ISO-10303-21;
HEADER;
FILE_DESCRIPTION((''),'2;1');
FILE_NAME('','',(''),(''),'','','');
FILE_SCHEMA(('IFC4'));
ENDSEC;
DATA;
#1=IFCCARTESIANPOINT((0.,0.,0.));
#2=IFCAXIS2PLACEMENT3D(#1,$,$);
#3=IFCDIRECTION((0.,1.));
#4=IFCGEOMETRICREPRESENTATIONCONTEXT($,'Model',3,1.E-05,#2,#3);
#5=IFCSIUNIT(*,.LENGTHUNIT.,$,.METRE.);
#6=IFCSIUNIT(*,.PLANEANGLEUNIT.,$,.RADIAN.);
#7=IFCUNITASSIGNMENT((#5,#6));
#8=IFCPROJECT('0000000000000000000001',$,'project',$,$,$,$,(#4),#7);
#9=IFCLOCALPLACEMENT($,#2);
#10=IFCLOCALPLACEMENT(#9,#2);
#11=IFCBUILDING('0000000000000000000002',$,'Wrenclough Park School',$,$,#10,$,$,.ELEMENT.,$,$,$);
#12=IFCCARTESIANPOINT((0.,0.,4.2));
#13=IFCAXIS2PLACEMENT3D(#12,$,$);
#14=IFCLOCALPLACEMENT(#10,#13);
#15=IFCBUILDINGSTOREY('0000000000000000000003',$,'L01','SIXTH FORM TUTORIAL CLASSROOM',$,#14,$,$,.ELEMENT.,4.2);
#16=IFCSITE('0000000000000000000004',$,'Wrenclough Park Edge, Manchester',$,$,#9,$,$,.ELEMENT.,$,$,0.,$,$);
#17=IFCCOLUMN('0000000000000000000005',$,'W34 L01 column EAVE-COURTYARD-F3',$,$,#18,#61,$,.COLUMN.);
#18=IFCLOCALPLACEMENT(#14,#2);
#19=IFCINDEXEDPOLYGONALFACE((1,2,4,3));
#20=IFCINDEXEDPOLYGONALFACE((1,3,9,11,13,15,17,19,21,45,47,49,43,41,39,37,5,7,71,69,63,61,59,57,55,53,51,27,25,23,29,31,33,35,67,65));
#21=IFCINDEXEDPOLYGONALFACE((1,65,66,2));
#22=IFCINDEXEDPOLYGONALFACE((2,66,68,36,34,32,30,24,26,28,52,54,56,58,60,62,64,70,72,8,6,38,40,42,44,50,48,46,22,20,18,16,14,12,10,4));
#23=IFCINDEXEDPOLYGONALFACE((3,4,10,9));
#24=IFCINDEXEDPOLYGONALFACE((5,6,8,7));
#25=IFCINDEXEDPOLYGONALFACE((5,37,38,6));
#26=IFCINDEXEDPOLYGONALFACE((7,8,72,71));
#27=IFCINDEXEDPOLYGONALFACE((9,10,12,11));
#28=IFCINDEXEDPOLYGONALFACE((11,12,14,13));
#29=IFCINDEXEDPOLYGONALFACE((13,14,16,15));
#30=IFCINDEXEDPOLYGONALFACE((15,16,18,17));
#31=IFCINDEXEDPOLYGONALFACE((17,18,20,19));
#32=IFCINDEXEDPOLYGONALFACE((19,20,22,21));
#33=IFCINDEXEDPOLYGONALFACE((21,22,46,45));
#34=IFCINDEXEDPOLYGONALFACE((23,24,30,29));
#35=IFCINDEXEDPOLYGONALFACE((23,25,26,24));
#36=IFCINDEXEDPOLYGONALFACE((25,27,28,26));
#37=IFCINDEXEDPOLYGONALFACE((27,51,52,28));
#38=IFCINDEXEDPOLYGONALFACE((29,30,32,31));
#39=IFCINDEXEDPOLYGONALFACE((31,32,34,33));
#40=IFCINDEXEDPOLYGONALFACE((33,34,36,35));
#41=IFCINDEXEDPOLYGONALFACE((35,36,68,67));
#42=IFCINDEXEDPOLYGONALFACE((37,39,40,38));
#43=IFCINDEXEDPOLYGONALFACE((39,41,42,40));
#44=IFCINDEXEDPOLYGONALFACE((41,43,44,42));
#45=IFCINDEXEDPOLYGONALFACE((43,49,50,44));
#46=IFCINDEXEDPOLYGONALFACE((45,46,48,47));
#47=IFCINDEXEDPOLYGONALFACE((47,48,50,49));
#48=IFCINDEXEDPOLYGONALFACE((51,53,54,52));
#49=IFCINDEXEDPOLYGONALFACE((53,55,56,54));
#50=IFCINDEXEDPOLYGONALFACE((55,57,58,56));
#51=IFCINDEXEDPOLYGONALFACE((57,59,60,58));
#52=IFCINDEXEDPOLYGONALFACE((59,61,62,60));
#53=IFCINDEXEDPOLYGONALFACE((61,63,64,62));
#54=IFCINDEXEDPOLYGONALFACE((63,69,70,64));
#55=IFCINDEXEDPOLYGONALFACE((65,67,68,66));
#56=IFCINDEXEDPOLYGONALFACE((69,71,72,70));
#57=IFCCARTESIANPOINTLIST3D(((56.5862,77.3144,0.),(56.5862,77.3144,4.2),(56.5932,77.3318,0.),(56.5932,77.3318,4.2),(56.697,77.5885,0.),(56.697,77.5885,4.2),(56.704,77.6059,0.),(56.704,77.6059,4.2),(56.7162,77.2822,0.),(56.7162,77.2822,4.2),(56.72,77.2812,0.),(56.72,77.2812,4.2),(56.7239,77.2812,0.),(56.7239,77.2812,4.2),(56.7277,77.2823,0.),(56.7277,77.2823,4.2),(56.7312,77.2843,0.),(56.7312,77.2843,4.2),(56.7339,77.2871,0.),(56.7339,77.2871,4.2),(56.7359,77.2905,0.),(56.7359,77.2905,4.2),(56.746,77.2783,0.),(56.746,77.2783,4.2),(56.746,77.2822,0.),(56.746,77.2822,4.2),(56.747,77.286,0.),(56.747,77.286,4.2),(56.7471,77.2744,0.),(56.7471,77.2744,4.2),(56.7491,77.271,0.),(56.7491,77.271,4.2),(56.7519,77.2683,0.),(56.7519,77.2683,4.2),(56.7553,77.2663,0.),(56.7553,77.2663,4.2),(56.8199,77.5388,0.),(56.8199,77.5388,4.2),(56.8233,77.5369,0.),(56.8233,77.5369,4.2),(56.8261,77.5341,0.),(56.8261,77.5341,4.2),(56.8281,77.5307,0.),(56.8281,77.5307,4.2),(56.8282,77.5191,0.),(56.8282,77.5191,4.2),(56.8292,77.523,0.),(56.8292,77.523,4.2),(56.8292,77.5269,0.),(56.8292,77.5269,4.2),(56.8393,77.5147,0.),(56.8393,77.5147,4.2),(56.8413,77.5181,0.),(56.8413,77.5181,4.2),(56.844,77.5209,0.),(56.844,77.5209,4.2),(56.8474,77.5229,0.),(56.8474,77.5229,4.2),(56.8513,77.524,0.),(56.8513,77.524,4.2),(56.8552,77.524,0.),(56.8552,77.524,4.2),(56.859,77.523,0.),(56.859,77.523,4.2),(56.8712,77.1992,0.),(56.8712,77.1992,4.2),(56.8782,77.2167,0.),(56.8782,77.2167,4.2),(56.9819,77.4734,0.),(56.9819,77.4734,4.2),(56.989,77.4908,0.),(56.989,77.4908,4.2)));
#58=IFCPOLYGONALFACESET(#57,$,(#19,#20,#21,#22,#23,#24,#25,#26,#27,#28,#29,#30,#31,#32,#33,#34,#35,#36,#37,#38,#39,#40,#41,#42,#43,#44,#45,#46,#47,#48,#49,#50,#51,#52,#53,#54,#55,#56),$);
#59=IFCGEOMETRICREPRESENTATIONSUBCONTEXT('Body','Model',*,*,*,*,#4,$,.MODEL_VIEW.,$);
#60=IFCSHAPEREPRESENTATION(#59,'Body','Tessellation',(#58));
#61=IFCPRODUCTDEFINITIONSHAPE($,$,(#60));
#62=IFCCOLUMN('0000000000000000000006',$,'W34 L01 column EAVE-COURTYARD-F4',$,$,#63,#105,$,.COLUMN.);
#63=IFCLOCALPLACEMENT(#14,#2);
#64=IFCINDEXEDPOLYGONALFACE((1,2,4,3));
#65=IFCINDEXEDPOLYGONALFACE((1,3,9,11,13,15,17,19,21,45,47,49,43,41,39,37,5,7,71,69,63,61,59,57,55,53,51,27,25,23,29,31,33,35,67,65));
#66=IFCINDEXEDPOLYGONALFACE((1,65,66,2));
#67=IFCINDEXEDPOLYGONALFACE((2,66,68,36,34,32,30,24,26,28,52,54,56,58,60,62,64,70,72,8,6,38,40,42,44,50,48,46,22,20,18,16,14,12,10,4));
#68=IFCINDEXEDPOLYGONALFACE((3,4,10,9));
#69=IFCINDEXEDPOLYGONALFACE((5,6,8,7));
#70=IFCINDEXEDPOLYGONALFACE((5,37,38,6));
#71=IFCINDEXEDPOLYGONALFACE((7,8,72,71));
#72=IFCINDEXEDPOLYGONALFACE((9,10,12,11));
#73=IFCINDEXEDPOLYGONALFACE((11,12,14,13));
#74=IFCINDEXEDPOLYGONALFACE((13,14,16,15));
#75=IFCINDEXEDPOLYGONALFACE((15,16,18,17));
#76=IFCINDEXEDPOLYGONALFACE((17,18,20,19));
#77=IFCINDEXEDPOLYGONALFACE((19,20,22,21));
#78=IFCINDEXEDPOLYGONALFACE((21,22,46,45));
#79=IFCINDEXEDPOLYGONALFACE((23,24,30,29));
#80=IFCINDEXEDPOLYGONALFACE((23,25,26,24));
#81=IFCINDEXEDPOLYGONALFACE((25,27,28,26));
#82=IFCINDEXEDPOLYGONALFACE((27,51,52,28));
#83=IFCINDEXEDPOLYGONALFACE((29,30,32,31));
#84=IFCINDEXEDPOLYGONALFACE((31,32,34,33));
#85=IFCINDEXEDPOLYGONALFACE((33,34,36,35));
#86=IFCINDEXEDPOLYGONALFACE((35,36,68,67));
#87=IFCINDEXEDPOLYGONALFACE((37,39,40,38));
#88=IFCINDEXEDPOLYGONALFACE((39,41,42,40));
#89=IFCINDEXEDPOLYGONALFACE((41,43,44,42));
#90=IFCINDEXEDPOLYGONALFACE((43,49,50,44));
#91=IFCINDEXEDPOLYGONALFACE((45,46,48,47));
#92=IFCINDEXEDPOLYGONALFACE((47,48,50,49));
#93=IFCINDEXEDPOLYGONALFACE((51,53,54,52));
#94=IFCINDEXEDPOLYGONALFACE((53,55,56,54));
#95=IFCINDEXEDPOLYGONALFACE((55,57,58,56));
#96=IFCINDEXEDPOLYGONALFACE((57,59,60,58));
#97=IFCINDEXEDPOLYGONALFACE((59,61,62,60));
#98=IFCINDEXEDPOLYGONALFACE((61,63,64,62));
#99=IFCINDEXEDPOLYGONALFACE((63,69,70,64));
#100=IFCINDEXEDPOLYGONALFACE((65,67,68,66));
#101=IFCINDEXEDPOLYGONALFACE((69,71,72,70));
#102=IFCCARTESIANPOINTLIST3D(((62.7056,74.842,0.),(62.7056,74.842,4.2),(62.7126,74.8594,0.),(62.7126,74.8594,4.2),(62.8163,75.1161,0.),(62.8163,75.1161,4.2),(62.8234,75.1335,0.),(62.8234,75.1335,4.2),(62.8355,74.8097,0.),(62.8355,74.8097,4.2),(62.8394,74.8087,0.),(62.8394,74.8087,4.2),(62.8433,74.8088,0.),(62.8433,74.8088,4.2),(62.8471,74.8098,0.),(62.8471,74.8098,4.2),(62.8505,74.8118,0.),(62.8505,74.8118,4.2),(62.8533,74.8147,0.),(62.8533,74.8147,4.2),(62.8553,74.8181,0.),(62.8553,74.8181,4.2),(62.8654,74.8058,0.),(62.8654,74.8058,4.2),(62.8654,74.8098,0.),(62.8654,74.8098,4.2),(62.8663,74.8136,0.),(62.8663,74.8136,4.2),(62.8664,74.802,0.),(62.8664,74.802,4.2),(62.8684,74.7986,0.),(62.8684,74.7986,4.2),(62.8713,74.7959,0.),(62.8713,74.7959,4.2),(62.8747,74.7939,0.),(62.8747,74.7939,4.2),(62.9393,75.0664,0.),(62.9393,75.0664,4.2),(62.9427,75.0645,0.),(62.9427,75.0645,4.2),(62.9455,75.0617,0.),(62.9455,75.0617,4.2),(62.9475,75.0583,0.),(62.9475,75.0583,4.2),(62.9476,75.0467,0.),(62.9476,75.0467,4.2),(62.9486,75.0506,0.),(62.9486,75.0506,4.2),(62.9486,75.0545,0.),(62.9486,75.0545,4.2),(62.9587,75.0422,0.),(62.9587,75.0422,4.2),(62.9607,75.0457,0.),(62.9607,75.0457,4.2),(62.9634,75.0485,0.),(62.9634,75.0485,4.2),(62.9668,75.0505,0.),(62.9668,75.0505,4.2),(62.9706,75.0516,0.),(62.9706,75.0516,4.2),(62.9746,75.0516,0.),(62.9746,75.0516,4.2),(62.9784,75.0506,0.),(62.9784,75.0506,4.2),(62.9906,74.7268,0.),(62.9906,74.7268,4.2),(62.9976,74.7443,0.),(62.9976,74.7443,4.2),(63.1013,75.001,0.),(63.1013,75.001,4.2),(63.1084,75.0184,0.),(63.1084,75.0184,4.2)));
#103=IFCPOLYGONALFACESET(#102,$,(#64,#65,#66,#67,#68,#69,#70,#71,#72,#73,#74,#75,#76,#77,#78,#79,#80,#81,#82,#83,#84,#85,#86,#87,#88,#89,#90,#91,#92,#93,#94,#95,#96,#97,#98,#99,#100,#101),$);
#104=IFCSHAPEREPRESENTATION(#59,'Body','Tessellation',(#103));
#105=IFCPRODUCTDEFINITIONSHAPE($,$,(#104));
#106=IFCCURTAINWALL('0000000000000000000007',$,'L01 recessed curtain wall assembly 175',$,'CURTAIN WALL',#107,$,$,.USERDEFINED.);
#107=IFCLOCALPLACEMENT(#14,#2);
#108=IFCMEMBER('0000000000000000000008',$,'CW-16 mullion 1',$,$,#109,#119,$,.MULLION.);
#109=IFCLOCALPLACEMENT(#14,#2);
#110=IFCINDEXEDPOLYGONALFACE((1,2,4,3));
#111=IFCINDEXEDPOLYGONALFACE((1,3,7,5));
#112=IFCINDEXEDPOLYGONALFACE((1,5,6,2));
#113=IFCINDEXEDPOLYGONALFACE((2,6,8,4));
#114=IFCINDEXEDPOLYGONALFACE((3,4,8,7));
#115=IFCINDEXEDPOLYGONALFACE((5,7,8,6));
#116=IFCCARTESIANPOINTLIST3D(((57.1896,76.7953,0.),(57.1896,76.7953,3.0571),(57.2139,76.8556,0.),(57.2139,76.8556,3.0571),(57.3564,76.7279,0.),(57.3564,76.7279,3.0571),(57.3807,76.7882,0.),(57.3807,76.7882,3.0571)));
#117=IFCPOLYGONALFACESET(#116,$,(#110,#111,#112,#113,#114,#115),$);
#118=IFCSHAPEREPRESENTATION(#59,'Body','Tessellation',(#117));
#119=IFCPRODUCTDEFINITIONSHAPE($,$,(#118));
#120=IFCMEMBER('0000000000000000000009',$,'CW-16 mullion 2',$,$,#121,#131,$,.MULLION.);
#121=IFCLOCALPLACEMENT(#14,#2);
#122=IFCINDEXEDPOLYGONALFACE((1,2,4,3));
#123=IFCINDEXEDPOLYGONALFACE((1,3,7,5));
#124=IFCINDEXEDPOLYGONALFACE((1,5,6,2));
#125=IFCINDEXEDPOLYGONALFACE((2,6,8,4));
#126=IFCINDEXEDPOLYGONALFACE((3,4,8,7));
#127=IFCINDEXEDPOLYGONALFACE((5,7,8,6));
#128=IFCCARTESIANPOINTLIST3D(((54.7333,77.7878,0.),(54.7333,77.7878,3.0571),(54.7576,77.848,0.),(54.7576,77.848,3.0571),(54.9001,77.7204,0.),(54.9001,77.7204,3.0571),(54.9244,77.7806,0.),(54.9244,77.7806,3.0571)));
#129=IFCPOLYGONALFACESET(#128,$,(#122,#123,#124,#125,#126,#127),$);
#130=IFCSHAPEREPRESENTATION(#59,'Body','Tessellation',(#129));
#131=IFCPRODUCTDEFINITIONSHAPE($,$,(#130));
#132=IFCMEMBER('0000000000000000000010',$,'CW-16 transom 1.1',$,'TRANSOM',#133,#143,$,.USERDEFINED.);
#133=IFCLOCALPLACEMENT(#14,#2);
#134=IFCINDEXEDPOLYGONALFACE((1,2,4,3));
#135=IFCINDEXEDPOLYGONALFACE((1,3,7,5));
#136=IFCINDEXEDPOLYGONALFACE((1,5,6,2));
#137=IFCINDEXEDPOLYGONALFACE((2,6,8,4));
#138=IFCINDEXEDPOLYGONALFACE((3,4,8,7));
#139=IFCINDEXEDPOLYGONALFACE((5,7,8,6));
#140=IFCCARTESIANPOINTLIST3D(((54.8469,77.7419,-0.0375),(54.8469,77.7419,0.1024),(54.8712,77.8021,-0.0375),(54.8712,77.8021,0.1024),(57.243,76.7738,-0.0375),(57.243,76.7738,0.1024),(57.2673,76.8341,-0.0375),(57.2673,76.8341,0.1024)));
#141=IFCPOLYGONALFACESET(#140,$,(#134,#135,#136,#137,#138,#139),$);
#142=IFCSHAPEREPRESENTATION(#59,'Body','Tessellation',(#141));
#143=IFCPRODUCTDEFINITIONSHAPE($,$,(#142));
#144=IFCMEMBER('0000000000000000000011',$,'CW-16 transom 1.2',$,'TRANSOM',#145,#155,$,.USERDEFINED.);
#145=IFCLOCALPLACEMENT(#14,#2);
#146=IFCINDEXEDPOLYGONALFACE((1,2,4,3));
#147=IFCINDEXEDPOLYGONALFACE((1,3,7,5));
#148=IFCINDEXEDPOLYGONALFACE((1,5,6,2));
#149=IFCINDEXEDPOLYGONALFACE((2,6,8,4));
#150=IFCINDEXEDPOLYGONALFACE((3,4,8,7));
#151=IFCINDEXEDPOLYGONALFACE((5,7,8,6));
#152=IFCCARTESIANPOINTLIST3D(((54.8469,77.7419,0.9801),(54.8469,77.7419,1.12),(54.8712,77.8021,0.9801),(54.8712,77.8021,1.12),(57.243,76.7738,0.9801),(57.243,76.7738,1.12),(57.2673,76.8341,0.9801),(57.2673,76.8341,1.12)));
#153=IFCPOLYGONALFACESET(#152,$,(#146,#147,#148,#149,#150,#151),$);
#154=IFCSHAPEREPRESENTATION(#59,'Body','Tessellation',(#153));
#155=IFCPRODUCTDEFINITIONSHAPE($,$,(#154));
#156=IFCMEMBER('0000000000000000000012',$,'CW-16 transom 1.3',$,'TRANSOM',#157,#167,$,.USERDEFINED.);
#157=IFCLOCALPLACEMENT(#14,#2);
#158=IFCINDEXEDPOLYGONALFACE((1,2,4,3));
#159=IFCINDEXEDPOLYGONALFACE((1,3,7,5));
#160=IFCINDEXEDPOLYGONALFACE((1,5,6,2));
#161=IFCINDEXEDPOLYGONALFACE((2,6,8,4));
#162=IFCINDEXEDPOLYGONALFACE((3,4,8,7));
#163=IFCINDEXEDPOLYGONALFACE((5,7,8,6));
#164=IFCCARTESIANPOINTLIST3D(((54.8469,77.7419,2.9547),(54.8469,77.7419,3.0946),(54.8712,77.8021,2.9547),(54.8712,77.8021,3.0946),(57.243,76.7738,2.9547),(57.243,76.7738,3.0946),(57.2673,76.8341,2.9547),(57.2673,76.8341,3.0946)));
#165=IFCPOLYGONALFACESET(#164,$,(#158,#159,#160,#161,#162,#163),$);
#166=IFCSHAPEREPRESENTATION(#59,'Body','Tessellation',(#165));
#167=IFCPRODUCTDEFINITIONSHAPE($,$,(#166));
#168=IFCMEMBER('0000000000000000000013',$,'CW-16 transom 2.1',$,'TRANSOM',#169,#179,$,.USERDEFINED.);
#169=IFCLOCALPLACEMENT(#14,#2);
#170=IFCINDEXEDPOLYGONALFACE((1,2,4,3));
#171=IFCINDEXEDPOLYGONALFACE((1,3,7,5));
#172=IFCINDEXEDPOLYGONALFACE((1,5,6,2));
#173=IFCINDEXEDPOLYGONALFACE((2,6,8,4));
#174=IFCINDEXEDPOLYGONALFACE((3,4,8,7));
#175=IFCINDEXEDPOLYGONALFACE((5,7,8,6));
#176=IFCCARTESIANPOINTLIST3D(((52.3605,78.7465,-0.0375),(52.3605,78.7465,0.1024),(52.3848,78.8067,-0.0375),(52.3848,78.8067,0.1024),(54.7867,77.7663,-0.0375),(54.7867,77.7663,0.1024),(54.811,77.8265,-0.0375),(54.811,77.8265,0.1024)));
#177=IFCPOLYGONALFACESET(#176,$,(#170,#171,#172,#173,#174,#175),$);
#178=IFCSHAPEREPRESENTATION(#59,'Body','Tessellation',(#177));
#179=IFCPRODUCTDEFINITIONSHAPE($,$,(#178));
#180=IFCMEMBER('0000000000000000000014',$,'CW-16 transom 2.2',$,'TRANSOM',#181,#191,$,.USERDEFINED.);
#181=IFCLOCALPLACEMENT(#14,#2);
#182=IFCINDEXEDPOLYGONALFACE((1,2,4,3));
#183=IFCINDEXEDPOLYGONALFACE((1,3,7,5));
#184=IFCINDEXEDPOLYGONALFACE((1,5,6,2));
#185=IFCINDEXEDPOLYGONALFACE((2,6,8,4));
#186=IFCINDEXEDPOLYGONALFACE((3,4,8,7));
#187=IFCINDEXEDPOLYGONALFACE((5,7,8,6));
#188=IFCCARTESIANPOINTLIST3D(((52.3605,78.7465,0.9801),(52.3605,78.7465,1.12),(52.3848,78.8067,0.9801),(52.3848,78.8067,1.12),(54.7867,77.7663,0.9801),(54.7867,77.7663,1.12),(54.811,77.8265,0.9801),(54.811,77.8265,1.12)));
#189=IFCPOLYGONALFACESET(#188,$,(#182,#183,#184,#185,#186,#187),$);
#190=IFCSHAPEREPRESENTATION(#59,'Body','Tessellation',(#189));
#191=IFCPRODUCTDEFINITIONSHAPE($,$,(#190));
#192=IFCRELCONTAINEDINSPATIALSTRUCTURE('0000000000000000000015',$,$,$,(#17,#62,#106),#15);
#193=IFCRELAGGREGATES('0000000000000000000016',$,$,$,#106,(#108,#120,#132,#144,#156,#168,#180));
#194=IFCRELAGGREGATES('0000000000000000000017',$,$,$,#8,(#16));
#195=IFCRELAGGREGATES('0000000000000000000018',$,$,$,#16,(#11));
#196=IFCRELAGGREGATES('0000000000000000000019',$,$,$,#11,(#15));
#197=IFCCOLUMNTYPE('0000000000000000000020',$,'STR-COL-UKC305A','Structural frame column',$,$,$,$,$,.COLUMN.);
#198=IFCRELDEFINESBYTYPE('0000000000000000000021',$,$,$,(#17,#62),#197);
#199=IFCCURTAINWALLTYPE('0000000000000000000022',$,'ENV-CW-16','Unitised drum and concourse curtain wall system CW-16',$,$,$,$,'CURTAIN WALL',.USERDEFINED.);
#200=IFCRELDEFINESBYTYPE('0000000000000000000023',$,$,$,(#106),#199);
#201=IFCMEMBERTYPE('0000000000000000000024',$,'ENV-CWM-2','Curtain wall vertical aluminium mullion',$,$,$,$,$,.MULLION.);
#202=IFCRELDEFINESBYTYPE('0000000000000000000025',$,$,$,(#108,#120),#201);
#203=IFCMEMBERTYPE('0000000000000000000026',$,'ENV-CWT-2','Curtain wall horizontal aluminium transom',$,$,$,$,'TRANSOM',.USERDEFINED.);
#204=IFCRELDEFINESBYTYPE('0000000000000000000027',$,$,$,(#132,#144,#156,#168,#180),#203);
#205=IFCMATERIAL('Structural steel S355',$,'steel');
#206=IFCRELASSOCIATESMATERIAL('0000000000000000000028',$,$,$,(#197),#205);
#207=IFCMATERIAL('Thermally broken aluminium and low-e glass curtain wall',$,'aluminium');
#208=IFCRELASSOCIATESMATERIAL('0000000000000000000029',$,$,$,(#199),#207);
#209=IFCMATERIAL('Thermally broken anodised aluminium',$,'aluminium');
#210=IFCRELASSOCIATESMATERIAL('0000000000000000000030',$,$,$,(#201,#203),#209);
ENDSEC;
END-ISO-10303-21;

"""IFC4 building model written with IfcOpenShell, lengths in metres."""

from ifc_helpers import new_model, si_unit, direction, frame, origin, origin_2d, place, context, subcontext, project, spatial, rectangle, i_section, extrude, material, material_profile, profile_set, type_object, element, aggregate, save


model = new_model("IFC4")

# Units and contexts
model_context = context("Model", 3, precision=1e-05, world=origin(), true_north=direction((0.0, 1.0)))
body_context = subcontext(model_context, "Body", "Model", "MODEL_VIEW")
ifc_project = project(units=[si_unit("LENGTHUNIT", "METRE"), si_unit("PLANEANGLEUNIT", "RADIAN")], contexts=[model_context])

# Site, building, storey
site_placement = place(None, origin())
site = spatial("IfcSite", under=ifc_project, at=site_placement, Name="Wrenclough Park Edge, Manchester", CompositionType="ELEMENT", RefElevation=0.0)
building_placement = place(site_placement, origin())
building = spatial("IfcBuilding", under=site, at=building_placement, Name="Wrenclough Park School", CompositionType="ELEMENT")
storey_placement = place(building_placement, frame((0.0, 0.0, 4.2)))
storey = spatial("IfcBuildingStorey", under=building, at=storey_placement, Name="L01", Description="SIXTH FORM TUTORIAL CLASSROOM", CompositionType="ELEMENT", Elevation=4.2)

# Columns
ifc_material_1 = material(Name="Structural steel S355", Category="steel")
ifc_material_profile_1 = material_profile(ifc_material_1, i_section(OverallWidth=0.3074, OverallDepth=0.3145, WebThickness=0.012, FlangeThickness=0.0188, FilletRadius=0.0151, at=origin_2d()), Name="UKC 305x305x118")
ifc_profile_set_1 = profile_set([ifc_material_profile_1], Name="Structural steel S355")
column_type = type_object("IfcColumnType", Name="STR-COL-UKC305A", Description="Structural frame column", PredefinedType="COLUMN", material=ifc_profile_set_1)
for number, where, z_axis, x_axis, name in (
    (1, (56.7876, 77.4026, 0.0), (0.0, 0.0, 1.0), (0.927184, -0.374607, 0.0), "W34 L01 column EAVE-COURTYARD-F3"),
    (2, (62.907, 74.9302, 0.0), (0.0, 0.0, 1.0), (0.927184, -0.374607, 0.0), "W34 L01 column EAVE-COURTYARD-F4"),
):
    element("IfcColumn", number, at=place(storey_placement, frame(where, z_axis=z_axis, x_axis=x_axis)), inside=storey, type_object=column_type, Name=name, PredefinedType="COLUMN", context=body_context, shape_type="SweptSolid", body=[
        extrude(i_section(OverallWidth=0.3074, OverallDepth=0.3145, WebThickness=0.012, FlangeThickness=0.0188, FilletRadius=0.0151, at=origin_2d()), origin(), (0.0, 0.0, 1.0), 4.2),
    ])

# Curtain wall, members
ifc_material_2 = material(Name="Thermally broken aluminium and low-e glass curtain wall", Category="aluminium")
curtain_wall_type = type_object("IfcCurtainWallType", Name="ENV-CW-16", Description="Unitised drum and concourse curtain wall system CW-16", ElementType="CURTAIN WALL", PredefinedType="USERDEFINED", material=ifc_material_2)
curtain_wall_placement = place(storey_placement, origin())
curtain_wall = element("IfcCurtainWall", 3, at=curtain_wall_placement, inside=storey, type_object=curtain_wall_type, Name="L01 recessed curtain wall assembly 175", ObjectType="CURTAIN WALL", PredefinedType="USERDEFINED")
ifc_material_3 = material(Name="Thermally broken anodised aluminium", Category="aluminium")
ifc_material_profile_2 = material_profile(ifc_material_3, rectangle(XDim=0.0649, YDim=0.1799, at=origin_2d()), Name="AL MULLION 65x180")
ifc_profile_set_2 = profile_set([ifc_material_profile_2], Name="Thermally broken anodised aluminium")
member_type_1 = type_object("IfcMemberType", Name="ENV-CWM-2", Description="Curtain wall vertical aluminium mullion", PredefinedType="MULLION", material=ifc_profile_set_2)
member_1_placement = place(storey_placement, frame((57.2852, 76.7917, 0.0), z_axis=(0.0, 0.0, 1.0), x_axis=(-0.374603, -0.927185, 0.0)))
member_1 = element("IfcMember", 4, at=member_1_placement, type_object=member_type_1, Name="CW-16 mullion 1", PredefinedType="MULLION", context=body_context, shape_type="SweptSolid", body=[
    extrude(rectangle(XDim=0.0649, YDim=0.1799, at=origin_2d()), origin(), (0.0, 0.0, 1.0), 3.0571),
])
member_2_placement = place(storey_placement, frame((54.8289, 77.7842, 0.0), z_axis=(0.0, 0.0, 1.0), x_axis=(-0.374603, -0.927185, 0.0)))
member_2 = element("IfcMember", 5, at=member_2_placement, type_object=member_type_1, Name="CW-16 mullion 2", PredefinedType="MULLION", context=body_context, shape_type="SweptSolid", body=[
    extrude(rectangle(XDim=0.0649, YDim=0.1799, at=origin_2d()), origin(), (0.0, 0.0, 1.0), 3.0571),
])
ifc_material_profile_3 = material_profile(ifc_material_3, rectangle(XDim=0.0649, YDim=0.1399, at=origin_2d()), Name="AL TRANSOM 65x140")
ifc_profile_set_3 = profile_set([ifc_material_profile_3], Name="Thermally broken anodised aluminium")
member_type_2 = type_object("IfcMemberType", Name="ENV-CWT-2", Description="Curtain wall horizontal aluminium transom", ElementType="TRANSOM", PredefinedType="USERDEFINED", material=ifc_profile_set_3)
member_3_placement = place(storey_placement, frame((57.2551, 76.804, 0.0325), z_axis=(-0.927188, 0.374597, 0.0), x_axis=(-0.374597, -0.927188, 0.0)))
member_3 = element("IfcMember", 6, at=member_3_placement, type_object=member_type_2, Name="CW-16 transom 1.1", ObjectType="TRANSOM", PredefinedType="USERDEFINED", context=body_context, shape_type="SweptSolid", body=[
    extrude(rectangle(XDim=0.0649, YDim=0.1399, at=origin_2d()), origin(), (0.0, 0.0, 1.0), 2.5842),
])
member_4_placement = place(storey_placement, frame((57.2551, 76.804, 1.05), z_axis=(-0.927188, 0.374597, 0.0), x_axis=(-0.374597, -0.927188, 0.0)))
member_4 = element("IfcMember", 7, at=member_4_placement, type_object=member_type_2, Name="CW-16 transom 1.2", ObjectType="TRANSOM", PredefinedType="USERDEFINED", context=body_context, shape_type="SweptSolid", body=[
    extrude(rectangle(XDim=0.0649, YDim=0.1399, at=origin_2d()), origin(), (0.0, 0.0, 1.0), 2.5842),
])
member_5_placement = place(storey_placement, frame((57.2551, 76.804, 3.0247), z_axis=(-0.927188, 0.374597, 0.0), x_axis=(-0.374597, -0.927188, 0.0)))
member_5 = element("IfcMember", 8, at=member_5_placement, type_object=member_type_2, Name="CW-16 transom 1.3", ObjectType="TRANSOM", PredefinedType="USERDEFINED", context=body_context, shape_type="SweptSolid", body=[
    extrude(rectangle(XDim=0.0649, YDim=0.1399, at=origin_2d()), origin(), (0.0, 0.0, 1.0), 2.5842),
])
member_6_placement = place(storey_placement, frame((54.7988, 77.7964, 0.0325), z_axis=(-0.927191, 0.37459, 0.0), x_axis=(-0.37459, -0.927191, 0.0)))
member_6 = element("IfcMember", 9, at=member_6_placement, type_object=member_type_2, Name="CW-16 transom 2.1", ObjectType="TRANSOM", PredefinedType="USERDEFINED", context=body_context, shape_type="SweptSolid", body=[
    extrude(rectangle(XDim=0.0649, YDim=0.1399, at=origin_2d()), origin(), (0.0, 0.0, 1.0), 2.6167),
])
member_7_placement = place(storey_placement, frame((54.7988, 77.7964, 1.05), z_axis=(-0.927191, 0.37459, 0.0), x_axis=(-0.37459, -0.927191, 0.0)))
member_7 = element("IfcMember", 10, at=member_7_placement, type_object=member_type_2, Name="CW-16 transom 2.2", ObjectType="TRANSOM", PredefinedType="USERDEFINED", context=body_context, shape_type="SweptSolid", body=[
    extrude(rectangle(XDim=0.0649, YDim=0.1399, at=origin_2d()), origin(), (0.0, 0.0, 1.0), 2.6167),
])

aggregate(curtain_wall, [member_1, member_2, member_3, member_4, member_5, member_6, member_7])

save(model, "model.ifc")
